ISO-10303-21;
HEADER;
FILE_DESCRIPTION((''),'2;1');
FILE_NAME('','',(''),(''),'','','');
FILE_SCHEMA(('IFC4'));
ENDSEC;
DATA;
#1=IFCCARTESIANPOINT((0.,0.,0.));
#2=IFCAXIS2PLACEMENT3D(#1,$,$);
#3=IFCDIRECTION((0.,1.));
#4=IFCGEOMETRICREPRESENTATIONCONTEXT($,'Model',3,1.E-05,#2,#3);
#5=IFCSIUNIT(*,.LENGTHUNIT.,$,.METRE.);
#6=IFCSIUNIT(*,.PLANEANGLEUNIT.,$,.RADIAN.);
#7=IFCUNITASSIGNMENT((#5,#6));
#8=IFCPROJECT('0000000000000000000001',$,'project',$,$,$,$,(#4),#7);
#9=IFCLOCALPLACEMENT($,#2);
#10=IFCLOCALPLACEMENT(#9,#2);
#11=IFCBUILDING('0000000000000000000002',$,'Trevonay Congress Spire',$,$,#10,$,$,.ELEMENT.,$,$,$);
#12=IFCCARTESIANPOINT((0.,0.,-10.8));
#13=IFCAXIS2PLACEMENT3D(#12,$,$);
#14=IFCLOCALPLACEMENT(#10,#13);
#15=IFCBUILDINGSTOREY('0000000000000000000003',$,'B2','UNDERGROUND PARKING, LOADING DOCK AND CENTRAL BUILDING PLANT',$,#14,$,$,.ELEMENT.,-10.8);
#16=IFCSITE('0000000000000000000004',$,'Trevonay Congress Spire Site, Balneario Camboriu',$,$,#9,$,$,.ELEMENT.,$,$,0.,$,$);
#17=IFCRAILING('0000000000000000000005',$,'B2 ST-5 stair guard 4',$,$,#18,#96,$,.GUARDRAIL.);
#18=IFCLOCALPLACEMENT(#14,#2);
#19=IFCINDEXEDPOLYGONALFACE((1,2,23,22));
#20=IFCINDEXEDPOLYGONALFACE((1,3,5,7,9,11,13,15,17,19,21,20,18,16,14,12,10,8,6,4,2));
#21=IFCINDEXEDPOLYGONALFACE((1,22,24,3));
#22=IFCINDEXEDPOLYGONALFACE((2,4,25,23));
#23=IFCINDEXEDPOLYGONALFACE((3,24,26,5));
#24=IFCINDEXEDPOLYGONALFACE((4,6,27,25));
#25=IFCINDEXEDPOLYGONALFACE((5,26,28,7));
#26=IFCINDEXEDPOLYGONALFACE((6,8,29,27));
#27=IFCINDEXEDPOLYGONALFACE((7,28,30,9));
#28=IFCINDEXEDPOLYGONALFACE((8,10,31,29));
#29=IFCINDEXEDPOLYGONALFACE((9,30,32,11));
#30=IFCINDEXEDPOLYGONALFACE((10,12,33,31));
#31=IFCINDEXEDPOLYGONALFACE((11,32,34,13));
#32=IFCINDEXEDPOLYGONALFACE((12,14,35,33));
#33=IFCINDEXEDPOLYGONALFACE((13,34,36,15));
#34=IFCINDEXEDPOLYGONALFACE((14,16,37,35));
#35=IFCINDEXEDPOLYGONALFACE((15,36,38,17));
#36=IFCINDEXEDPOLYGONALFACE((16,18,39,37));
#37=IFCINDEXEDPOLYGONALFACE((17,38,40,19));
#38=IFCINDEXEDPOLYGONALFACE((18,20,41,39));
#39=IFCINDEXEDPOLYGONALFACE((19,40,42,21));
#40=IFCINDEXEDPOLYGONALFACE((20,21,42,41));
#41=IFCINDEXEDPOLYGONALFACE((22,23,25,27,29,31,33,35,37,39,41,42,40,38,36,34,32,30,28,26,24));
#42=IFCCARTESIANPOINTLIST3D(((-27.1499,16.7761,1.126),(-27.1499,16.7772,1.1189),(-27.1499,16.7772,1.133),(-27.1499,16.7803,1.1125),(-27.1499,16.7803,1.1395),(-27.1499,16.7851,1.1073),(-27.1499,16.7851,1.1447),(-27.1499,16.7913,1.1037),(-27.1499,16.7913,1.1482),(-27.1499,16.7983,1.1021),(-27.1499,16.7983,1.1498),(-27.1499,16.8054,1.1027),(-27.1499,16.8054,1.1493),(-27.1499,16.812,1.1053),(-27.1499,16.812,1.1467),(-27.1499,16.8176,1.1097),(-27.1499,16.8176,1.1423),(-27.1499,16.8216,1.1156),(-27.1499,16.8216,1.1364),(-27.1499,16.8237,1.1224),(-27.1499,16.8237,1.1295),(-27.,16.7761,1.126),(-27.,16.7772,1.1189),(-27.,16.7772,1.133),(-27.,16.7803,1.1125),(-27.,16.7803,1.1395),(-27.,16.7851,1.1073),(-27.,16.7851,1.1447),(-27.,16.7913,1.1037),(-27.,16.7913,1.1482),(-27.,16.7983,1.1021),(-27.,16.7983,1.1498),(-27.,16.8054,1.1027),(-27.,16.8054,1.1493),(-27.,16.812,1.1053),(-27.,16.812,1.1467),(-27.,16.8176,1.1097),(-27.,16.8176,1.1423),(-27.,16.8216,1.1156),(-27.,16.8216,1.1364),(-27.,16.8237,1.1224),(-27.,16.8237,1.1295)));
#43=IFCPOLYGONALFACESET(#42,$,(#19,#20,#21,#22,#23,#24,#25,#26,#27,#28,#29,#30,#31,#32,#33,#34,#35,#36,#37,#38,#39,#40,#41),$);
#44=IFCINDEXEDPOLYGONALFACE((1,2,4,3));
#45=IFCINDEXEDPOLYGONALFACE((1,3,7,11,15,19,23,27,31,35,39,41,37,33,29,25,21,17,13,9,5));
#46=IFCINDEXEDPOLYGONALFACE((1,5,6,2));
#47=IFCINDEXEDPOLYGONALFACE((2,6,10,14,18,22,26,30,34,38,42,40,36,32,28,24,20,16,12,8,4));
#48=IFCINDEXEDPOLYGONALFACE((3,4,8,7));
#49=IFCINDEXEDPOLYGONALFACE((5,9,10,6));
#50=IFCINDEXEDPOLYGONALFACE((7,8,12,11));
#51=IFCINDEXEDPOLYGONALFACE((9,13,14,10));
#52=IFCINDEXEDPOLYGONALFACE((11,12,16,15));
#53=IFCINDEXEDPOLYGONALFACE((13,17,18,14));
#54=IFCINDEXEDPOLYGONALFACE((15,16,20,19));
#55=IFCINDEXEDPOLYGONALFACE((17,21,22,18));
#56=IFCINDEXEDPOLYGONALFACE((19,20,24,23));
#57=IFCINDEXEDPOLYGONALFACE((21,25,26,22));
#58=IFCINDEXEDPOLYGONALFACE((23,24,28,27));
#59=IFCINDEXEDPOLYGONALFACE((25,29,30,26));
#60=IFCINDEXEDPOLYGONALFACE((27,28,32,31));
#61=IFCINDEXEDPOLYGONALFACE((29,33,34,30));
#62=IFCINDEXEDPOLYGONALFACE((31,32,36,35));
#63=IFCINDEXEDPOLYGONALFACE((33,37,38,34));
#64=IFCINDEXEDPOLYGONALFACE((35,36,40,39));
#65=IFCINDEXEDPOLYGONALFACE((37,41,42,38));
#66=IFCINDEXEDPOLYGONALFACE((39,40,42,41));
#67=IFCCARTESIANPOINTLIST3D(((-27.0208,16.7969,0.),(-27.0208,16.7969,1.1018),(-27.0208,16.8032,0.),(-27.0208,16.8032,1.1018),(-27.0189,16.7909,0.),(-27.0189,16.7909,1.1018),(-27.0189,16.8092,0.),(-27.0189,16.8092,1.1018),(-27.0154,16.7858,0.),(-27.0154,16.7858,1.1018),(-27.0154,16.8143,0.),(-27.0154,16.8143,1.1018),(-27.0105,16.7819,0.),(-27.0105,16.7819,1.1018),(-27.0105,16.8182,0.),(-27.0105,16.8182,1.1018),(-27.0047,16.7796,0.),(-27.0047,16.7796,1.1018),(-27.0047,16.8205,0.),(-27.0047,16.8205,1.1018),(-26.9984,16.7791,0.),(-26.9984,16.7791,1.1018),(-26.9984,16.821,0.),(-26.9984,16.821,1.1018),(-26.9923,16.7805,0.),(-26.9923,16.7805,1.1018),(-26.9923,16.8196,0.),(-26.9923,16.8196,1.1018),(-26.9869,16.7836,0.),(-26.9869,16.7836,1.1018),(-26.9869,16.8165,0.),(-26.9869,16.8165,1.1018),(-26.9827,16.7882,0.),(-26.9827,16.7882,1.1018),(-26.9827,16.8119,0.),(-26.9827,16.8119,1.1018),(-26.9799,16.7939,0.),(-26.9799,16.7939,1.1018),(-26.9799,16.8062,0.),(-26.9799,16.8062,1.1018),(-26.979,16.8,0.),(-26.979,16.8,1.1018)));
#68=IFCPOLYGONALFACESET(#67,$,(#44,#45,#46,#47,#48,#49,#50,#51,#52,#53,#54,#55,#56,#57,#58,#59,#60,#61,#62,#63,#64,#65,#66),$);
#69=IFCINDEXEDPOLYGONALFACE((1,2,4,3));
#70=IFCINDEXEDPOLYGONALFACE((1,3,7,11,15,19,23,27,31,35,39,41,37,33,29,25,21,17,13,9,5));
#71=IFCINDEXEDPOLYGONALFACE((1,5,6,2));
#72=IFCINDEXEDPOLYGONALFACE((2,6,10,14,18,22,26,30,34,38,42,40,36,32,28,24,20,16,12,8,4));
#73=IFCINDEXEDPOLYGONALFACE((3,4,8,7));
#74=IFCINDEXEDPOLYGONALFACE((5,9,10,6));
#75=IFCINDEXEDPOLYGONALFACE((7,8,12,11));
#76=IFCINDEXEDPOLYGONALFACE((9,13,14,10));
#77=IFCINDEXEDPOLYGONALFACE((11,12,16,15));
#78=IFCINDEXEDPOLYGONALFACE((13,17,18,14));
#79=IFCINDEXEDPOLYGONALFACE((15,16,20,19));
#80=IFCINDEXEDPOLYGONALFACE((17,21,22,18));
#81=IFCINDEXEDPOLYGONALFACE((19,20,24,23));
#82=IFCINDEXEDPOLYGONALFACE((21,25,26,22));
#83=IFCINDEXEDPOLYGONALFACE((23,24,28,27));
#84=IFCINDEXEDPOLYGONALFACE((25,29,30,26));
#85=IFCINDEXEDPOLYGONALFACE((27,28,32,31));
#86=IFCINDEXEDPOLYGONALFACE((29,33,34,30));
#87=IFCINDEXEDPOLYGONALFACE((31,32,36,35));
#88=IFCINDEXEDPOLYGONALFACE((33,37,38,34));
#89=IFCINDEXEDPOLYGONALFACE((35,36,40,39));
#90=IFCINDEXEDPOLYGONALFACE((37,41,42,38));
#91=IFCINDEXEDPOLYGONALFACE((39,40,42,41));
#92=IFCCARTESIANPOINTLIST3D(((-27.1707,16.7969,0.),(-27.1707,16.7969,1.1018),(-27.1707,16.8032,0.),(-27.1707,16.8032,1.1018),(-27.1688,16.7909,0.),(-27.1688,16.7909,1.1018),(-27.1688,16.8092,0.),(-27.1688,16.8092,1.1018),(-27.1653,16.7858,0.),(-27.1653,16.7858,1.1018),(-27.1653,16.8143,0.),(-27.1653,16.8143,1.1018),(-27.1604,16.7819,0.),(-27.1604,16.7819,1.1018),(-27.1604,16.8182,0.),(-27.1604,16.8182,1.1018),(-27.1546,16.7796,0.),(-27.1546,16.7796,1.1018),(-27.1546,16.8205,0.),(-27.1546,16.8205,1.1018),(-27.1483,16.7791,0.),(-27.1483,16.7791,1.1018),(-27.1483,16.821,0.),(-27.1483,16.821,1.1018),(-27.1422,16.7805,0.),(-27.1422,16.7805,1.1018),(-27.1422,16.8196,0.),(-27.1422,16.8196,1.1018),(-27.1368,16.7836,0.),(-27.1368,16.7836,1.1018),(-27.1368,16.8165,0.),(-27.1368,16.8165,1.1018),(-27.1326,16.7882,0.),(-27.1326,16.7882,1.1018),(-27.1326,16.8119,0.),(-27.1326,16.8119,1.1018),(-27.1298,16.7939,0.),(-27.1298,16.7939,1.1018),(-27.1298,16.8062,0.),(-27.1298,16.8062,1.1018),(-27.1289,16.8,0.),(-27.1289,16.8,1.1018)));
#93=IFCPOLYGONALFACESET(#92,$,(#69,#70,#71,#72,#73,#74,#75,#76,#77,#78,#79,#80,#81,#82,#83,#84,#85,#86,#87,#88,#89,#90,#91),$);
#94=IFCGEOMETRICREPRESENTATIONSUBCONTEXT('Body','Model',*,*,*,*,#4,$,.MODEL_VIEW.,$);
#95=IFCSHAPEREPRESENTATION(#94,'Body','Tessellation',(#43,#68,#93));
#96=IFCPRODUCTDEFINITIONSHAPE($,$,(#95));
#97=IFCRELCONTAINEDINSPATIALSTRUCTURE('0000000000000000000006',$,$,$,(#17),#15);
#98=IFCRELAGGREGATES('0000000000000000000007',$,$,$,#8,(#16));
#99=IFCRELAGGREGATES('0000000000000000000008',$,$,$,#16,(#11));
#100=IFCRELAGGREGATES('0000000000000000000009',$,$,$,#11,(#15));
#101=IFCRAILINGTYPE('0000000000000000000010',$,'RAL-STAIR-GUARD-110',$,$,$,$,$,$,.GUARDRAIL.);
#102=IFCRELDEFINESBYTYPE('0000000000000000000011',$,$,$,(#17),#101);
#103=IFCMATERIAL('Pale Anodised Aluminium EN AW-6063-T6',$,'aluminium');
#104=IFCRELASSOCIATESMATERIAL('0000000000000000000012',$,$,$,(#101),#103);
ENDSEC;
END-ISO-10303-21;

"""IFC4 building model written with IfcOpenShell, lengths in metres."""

from ifc_helpers import new_model, si_unit, direction, frame, origin, origin_2d, place, context, subcontext, project, spatial, circle, extrude, material, type_object, element, save


model = new_model("IFC4")

# Units and contexts
model_context = context("Model", 3, precision=1e-05, world=origin(), true_north=direction((0.0, 1.0)))
body_context = subcontext(model_context, "Body", "Model", "MODEL_VIEW")
ifc_project = project(units=[si_unit("LENGTHUNIT", "METRE"), si_unit("PLANEANGLEUNIT", "RADIAN")], contexts=[model_context])

# Site, building, storey
site_placement = place(None, origin())
site = spatial("IfcSite", under=ifc_project, at=site_placement, Name="Trevonay Congress Spire Site, Balneario Camboriu", CompositionType="ELEMENT", RefElevation=0.0)
building_placement = place(site_placement, origin())
building = spatial("IfcBuilding", under=site, at=building_placement, Name="Trevonay Congress Spire", CompositionType="ELEMENT")
storey_placement = place(building_placement, frame((0.0, 0.0, -10.8)))
storey = spatial("IfcBuildingStorey", under=building, at=storey_placement, Name="B2", Description="UNDERGROUND PARKING, LOADING DOCK AND CENTRAL BUILDING PLANT", CompositionType="ELEMENT", Elevation=-10.8)

# Railing
ifc_material_1 = material(Name="Pale Anodised Aluminium EN AW-6063-T6", Category="aluminium")
railing_type_1 = type_object("IfcRailingType", Name="RAL-STAIR-GUARD-110", PredefinedType="GUARDRAIL", material=ifc_material_1)
railing_1_placement = place(storey_placement, frame((-27.0, 16.8, 0.0)))
element("IfcRailing", 1, at=railing_1_placement, inside=storey, type_object=railing_type_1, Name="B2 ST-5 stair guard 4", PredefinedType="GUARDRAIL", context=body_context, shape_type="SweptSolid", body=[
    extrude(circle(Radius=0.0239, at=origin_2d()), frame((0.0, 0.0, 1.126), z_axis=(-1.0, 0.0, 0.0), x_axis=(0.0, -1.0, 0.0)), (0.0, 0.0, 1.0), 0.1499),
    extrude(circle(Radius=0.021, at=origin_2d()), origin(), (0.0, 0.0, 1.0), 1.1018),
    extrude(circle(Radius=0.021, at=origin_2d()), frame((-0.1499, 0.0, 0.0)), (0.0, 0.0, 1.0), 1.1018),
])

save(model, "model.ifc")
